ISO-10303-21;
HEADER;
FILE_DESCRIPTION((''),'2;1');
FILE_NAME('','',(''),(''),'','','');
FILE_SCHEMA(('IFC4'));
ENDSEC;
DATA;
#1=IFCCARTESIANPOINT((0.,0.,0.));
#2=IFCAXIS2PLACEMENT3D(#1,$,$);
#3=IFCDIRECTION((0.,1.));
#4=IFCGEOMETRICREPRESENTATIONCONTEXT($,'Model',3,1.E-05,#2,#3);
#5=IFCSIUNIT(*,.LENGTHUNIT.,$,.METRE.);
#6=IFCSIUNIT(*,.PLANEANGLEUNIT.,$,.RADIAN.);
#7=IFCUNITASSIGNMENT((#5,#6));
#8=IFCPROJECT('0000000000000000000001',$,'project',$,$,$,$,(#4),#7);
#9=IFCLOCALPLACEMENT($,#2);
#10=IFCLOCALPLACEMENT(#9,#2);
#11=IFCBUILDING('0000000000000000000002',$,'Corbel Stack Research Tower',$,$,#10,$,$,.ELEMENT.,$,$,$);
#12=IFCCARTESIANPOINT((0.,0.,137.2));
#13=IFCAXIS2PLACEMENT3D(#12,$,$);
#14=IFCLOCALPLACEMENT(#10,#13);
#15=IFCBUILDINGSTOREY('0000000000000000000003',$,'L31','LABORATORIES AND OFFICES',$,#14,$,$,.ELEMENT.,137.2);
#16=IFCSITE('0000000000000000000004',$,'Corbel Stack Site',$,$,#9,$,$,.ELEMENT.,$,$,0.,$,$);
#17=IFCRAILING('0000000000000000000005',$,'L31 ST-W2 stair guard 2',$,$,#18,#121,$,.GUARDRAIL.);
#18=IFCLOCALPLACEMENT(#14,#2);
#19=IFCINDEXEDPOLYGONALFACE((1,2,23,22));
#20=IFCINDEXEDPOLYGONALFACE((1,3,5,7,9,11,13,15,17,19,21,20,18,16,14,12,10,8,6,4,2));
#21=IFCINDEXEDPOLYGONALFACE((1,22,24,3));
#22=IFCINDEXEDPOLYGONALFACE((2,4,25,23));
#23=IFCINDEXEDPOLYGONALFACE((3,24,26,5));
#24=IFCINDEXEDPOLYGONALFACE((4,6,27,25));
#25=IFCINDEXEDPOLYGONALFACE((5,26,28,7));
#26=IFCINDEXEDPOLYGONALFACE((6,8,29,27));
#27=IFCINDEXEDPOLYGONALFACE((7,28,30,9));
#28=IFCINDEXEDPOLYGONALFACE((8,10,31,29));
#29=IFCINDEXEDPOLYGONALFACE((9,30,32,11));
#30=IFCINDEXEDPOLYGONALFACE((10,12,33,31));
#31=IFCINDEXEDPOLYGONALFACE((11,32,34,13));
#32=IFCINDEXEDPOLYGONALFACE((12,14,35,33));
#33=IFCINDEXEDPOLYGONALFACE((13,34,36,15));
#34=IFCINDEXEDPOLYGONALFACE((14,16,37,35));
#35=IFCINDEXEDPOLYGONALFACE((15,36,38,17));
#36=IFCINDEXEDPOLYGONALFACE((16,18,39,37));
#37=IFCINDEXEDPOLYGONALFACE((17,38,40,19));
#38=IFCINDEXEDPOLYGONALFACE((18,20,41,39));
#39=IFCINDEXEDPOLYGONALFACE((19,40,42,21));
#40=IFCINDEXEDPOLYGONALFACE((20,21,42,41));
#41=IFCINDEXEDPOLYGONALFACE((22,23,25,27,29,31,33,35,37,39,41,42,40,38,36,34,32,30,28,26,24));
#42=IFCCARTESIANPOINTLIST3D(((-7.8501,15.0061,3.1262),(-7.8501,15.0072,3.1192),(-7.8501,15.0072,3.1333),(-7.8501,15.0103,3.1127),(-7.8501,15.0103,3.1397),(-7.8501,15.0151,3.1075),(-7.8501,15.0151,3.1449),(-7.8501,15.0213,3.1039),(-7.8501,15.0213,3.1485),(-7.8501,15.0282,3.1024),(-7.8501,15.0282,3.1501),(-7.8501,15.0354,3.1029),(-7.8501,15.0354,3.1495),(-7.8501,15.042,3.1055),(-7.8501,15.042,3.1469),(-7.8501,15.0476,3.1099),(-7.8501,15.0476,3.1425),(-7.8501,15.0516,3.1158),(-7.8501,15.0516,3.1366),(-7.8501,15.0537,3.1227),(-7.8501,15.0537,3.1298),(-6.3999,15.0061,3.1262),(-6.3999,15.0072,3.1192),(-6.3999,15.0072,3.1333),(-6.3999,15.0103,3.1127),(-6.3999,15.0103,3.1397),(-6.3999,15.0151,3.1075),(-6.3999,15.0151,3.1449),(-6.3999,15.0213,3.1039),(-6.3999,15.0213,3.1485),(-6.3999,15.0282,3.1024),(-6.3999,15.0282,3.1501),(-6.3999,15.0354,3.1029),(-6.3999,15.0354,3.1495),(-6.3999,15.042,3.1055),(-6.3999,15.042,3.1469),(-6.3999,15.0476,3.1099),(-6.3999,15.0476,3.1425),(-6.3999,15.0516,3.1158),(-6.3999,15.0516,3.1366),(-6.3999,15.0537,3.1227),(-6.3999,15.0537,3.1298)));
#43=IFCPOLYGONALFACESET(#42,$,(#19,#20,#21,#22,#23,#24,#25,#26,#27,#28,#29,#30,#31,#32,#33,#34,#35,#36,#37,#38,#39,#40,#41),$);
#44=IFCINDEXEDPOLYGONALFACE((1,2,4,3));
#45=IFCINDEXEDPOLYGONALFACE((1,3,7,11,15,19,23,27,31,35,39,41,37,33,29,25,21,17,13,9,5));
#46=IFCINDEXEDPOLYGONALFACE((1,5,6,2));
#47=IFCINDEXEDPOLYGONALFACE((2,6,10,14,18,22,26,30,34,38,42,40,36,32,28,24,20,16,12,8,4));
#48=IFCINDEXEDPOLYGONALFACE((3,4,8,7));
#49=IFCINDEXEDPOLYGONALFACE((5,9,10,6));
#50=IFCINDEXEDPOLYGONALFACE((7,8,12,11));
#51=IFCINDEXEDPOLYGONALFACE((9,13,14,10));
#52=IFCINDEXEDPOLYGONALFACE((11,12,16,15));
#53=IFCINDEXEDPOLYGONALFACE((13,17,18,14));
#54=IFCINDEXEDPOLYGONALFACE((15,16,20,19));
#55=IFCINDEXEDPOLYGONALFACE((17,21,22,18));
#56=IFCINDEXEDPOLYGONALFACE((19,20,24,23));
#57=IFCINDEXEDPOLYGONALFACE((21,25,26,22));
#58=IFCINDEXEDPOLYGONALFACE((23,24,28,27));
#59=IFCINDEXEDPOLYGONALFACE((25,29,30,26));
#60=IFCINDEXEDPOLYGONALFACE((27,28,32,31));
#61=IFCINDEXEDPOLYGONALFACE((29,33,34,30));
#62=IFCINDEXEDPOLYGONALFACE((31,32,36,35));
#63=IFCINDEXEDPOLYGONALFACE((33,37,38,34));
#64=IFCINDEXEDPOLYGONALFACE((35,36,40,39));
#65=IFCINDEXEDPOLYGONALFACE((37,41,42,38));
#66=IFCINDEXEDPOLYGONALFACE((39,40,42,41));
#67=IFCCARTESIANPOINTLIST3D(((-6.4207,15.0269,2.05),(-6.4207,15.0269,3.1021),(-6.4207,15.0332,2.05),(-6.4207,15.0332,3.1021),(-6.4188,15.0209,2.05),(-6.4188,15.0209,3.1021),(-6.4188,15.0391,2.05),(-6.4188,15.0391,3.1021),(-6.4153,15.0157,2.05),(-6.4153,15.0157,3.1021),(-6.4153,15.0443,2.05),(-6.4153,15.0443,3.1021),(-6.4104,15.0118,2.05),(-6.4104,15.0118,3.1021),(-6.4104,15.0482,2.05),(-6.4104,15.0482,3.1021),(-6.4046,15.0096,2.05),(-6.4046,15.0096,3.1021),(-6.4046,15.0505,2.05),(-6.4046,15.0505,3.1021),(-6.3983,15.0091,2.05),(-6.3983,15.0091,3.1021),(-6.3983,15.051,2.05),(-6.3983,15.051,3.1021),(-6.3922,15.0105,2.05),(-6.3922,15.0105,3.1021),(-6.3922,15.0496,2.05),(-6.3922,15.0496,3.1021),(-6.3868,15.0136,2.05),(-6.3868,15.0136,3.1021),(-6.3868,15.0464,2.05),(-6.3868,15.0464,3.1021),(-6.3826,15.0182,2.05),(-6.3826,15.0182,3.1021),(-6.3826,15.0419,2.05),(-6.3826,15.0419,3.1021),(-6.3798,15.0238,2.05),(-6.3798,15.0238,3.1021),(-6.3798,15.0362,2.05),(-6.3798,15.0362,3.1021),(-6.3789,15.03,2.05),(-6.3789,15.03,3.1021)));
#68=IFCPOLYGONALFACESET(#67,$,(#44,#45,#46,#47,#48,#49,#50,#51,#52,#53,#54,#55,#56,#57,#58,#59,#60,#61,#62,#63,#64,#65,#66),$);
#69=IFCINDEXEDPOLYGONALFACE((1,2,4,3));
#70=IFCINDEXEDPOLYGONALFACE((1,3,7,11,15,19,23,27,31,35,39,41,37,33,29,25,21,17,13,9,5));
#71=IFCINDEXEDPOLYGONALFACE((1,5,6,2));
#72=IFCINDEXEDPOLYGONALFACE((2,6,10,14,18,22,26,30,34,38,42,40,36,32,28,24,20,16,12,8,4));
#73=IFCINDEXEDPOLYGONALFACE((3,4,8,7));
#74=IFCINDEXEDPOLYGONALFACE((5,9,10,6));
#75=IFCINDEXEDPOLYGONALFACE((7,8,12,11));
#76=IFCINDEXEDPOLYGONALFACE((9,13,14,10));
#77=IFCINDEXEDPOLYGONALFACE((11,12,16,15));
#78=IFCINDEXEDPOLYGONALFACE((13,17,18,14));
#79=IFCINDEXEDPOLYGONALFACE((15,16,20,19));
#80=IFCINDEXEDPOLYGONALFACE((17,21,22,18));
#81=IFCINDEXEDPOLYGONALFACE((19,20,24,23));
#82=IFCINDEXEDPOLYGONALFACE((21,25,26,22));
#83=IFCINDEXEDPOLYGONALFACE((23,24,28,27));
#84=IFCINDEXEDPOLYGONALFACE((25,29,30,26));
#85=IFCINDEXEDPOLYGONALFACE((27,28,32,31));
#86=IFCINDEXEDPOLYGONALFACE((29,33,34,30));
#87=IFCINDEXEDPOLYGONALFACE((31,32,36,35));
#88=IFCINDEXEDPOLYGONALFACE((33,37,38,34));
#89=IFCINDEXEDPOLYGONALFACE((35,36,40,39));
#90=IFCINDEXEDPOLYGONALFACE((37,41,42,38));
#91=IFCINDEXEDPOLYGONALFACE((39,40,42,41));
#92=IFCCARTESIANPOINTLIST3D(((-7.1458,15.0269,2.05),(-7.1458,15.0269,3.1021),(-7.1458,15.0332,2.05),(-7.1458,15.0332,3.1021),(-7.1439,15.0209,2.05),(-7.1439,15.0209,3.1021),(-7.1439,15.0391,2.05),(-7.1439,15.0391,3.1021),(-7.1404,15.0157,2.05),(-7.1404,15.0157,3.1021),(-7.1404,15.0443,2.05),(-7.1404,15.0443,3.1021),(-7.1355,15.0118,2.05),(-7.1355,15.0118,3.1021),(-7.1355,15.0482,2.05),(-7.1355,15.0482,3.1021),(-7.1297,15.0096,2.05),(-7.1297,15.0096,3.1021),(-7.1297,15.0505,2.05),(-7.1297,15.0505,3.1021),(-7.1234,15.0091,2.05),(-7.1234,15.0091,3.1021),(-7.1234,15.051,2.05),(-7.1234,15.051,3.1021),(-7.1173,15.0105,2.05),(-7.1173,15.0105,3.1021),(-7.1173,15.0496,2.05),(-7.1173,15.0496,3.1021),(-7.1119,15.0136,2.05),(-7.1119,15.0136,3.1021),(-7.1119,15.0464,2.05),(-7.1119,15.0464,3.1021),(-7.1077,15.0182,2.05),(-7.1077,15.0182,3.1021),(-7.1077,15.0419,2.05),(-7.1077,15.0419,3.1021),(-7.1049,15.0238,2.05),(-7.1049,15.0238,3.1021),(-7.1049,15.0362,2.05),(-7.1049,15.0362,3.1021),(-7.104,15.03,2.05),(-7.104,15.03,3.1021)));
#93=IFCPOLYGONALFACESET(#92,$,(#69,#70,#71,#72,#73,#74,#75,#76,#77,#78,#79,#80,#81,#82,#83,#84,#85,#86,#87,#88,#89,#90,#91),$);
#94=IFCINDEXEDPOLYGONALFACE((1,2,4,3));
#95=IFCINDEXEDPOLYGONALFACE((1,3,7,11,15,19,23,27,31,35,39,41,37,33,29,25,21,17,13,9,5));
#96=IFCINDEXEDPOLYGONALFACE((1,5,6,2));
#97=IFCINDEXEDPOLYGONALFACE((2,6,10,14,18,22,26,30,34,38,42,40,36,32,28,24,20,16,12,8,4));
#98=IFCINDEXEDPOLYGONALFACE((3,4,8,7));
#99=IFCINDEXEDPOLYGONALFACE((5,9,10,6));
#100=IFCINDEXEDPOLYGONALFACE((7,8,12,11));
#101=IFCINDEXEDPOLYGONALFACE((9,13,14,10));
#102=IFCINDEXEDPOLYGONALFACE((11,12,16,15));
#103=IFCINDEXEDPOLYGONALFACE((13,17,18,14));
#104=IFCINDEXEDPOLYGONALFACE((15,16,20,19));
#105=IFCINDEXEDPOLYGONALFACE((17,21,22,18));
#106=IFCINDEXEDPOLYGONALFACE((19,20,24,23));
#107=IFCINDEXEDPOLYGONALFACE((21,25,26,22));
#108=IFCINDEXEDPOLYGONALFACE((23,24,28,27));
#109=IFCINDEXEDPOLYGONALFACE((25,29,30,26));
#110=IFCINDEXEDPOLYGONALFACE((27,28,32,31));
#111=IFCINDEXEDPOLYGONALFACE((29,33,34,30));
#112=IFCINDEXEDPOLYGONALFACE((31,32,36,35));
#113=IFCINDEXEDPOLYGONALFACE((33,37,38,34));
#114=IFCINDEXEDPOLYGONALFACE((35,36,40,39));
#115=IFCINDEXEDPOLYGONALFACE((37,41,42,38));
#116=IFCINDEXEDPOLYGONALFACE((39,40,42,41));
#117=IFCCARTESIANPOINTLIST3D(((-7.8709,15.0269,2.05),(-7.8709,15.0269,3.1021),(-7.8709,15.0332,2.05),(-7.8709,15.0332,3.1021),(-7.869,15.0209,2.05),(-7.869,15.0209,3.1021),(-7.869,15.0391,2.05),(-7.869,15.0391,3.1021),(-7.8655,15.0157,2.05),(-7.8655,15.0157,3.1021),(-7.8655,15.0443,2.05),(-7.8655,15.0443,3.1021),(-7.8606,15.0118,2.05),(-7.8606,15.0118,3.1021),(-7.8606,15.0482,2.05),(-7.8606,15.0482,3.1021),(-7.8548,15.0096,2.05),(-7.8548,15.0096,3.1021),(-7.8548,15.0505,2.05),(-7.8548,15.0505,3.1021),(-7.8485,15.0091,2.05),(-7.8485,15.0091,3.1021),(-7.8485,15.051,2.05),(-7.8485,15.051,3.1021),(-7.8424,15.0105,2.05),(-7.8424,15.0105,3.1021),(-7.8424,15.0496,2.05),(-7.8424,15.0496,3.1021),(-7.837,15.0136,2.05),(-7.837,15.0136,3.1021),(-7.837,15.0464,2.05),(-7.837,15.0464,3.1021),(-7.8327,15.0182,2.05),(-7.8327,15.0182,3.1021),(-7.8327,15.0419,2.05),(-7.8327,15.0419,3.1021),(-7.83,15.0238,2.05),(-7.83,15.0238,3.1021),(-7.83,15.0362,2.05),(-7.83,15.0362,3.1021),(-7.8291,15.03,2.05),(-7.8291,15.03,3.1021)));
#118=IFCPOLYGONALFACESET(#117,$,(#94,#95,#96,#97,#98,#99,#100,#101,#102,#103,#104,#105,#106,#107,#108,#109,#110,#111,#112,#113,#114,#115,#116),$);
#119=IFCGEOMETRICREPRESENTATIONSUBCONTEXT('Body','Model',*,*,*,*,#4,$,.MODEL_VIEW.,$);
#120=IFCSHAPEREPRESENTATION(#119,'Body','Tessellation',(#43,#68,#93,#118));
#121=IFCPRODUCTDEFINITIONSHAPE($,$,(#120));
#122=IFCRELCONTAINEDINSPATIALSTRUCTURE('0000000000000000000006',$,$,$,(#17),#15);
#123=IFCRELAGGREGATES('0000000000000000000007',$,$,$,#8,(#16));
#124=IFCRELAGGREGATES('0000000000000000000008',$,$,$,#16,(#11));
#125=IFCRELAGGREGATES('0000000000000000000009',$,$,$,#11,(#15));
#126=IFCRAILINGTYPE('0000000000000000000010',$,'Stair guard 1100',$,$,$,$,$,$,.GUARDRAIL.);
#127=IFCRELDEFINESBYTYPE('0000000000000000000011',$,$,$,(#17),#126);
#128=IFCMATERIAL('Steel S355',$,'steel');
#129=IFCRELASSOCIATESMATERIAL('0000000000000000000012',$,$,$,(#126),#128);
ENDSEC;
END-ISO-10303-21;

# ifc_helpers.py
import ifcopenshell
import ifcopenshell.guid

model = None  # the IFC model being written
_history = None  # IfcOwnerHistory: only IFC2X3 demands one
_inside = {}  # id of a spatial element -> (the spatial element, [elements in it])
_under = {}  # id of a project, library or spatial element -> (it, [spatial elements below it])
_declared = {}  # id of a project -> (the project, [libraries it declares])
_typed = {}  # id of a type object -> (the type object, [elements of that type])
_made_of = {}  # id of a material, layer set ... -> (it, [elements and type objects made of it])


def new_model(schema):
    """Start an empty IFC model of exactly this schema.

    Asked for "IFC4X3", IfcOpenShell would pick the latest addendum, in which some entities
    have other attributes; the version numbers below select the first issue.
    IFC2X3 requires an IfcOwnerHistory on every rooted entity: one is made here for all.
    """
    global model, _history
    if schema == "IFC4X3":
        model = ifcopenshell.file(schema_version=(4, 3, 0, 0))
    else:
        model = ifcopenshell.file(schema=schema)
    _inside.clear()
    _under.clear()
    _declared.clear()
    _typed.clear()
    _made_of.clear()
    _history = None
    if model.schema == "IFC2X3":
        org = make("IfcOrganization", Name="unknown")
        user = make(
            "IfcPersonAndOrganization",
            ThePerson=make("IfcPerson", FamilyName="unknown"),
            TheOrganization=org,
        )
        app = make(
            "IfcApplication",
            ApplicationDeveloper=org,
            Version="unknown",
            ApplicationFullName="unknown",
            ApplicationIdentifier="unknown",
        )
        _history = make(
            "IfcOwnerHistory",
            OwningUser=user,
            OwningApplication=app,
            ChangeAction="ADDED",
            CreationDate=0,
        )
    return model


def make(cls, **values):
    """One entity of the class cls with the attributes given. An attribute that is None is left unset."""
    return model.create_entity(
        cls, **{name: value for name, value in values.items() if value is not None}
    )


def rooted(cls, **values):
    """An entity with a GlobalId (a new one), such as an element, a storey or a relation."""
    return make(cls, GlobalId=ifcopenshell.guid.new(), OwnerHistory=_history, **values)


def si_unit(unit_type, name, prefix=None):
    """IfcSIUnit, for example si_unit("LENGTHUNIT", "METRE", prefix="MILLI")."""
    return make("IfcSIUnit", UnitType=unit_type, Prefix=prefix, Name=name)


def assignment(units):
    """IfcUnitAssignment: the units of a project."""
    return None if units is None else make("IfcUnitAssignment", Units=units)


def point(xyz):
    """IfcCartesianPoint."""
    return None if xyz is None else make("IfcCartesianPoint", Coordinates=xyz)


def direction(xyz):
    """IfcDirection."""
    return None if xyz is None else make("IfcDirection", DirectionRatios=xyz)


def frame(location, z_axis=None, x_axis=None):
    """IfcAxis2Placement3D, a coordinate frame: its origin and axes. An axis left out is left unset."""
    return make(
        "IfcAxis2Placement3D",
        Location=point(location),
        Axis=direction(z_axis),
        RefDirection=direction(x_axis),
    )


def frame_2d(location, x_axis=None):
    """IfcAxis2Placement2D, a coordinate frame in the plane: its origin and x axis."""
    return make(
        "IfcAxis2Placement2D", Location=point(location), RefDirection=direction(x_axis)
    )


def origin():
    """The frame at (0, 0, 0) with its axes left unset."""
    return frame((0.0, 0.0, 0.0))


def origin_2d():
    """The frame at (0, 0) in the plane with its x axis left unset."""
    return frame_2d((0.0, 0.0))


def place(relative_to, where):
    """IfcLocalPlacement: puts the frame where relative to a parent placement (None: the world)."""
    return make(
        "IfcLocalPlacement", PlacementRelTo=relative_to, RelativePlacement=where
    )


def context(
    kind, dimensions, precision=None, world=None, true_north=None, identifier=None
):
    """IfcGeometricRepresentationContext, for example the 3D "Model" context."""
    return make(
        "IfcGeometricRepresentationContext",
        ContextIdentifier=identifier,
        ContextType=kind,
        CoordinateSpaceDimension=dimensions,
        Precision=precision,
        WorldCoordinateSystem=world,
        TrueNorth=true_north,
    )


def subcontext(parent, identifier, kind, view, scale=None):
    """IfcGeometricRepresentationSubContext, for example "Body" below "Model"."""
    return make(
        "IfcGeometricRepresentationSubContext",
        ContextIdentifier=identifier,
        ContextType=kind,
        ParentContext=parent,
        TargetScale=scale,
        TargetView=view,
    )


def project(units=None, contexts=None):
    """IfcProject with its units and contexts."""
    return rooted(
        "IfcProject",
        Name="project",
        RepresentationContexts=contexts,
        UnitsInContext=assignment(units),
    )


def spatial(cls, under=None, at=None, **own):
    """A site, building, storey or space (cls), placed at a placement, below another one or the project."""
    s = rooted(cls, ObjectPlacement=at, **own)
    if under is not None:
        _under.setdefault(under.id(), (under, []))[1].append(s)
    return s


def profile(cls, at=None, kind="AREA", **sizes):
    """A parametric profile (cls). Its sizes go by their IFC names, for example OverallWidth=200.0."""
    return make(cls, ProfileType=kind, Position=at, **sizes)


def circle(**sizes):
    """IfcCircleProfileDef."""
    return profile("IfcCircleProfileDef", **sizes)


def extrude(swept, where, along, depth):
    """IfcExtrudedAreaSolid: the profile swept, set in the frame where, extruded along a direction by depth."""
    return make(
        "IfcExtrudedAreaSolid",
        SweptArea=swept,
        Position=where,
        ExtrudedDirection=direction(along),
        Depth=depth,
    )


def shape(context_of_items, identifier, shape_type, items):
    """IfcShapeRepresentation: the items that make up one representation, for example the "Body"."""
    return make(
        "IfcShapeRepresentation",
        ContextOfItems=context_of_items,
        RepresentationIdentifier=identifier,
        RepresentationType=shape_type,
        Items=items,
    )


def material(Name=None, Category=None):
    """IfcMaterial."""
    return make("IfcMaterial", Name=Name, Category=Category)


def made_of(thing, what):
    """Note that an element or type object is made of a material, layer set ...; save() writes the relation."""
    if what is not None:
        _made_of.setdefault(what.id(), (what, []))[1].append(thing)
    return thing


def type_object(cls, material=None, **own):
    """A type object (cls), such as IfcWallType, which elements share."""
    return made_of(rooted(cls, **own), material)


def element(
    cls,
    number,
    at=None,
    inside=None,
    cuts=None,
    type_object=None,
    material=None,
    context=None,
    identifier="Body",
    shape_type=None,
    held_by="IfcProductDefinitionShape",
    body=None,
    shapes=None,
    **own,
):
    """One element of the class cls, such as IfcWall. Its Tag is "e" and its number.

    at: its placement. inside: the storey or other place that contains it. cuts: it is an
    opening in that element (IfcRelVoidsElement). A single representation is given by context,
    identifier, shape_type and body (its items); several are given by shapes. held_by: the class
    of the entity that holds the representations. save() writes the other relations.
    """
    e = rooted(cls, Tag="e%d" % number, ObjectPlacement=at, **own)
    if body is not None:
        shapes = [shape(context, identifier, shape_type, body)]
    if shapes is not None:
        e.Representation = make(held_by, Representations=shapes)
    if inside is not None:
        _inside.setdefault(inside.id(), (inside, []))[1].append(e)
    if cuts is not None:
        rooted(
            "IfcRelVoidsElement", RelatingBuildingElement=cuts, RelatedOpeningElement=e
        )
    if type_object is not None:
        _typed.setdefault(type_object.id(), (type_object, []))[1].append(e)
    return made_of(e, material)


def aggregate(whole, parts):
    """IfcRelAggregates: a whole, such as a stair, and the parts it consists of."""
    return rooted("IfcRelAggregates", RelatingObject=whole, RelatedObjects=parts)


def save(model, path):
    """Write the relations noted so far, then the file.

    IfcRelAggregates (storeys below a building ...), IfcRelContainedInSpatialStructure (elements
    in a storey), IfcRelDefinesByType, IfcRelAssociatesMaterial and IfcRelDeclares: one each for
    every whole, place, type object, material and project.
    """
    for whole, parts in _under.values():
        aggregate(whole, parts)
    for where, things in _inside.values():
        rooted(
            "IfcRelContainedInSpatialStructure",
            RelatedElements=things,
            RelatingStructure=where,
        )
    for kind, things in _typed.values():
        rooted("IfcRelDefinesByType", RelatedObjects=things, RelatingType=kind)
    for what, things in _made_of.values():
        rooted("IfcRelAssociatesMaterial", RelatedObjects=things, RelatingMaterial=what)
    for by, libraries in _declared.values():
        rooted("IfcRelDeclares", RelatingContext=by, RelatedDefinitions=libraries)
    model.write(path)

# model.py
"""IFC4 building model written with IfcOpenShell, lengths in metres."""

from ifc_helpers import new_model, si_unit, direction, frame, origin, origin_2d, place, context, subcontext, project, spatial, circle, extrude, material, type_object, element, save


model = new_model("IFC4")

# Units and contexts
model_context = context("Model", 3, precision=1e-05, world=origin(), true_north=direction((0.0, 1.0)))
body_context = subcontext(model_context, "Body", "Model", "MODEL_VIEW")
ifc_project = project(units=[si_unit("LENGTHUNIT", "METRE"), si_unit("PLANEANGLEUNIT", "RADIAN")], contexts=[model_context])

# Site, building, storey
site_placement = place(None, origin())
site = spatial("IfcSite", under=ifc_project, at=site_placement, Name="Corbel Stack Site", CompositionType="ELEMENT", RefElevation=0.0)
building_placement = place(site_placement, origin())
building = spatial("IfcBuilding", under=site, at=building_placement, Name="Corbel Stack Research Tower", CompositionType="ELEMENT")
storey_placement = place(building_placement, frame((0.0, 0.0, 137.2)))
storey = spatial("IfcBuildingStorey", under=building, at=storey_placement, Name="L31", Description="LABORATORIES AND OFFICES", CompositionType="ELEMENT", Elevation=137.2)

# Railing
ifc_material_1 = material(Name="Steel S355", Category="steel")
railing_type_1 = type_object("IfcRailingType", Name="Stair guard 1100", PredefinedType="GUARDRAIL", material=ifc_material_1)
railing_1_placement = place(storey_placement, frame((-6.3999, 15.03, 2.05)))
element("IfcRailing", 1, at=railing_1_placement, inside=storey, type_object=railing_type_1, Name="L31 ST-W2 stair guard 2", PredefinedType="GUARDRAIL", context=body_context, shape_type="SweptSolid", body=[
    extrude(circle(Radius=0.0239, at=origin_2d()), frame((0.0, 0.0, 1.0762), z_axis=(-1.0, 0.0, 0.0), x_axis=(0.0, -1.0, 0.0)), (0.0, 0.0, 1.0), 1.4502),
    extrude(circle(Radius=0.021, at=origin_2d()), origin(), (0.0, 0.0, 1.0), 1.052),
    extrude(circle(Radius=0.021, at=origin_2d()), frame((-0.7251, 0.0, 0.0)), (0.0, 0.0, 1.0), 1.052),
    extrude(circle(Radius=0.021, at=origin_2d()), frame((-1.4502, 0.0, 0.0)), (0.0, 0.0, 1.0), 1.052),
])

save(model, "model.ifc")
